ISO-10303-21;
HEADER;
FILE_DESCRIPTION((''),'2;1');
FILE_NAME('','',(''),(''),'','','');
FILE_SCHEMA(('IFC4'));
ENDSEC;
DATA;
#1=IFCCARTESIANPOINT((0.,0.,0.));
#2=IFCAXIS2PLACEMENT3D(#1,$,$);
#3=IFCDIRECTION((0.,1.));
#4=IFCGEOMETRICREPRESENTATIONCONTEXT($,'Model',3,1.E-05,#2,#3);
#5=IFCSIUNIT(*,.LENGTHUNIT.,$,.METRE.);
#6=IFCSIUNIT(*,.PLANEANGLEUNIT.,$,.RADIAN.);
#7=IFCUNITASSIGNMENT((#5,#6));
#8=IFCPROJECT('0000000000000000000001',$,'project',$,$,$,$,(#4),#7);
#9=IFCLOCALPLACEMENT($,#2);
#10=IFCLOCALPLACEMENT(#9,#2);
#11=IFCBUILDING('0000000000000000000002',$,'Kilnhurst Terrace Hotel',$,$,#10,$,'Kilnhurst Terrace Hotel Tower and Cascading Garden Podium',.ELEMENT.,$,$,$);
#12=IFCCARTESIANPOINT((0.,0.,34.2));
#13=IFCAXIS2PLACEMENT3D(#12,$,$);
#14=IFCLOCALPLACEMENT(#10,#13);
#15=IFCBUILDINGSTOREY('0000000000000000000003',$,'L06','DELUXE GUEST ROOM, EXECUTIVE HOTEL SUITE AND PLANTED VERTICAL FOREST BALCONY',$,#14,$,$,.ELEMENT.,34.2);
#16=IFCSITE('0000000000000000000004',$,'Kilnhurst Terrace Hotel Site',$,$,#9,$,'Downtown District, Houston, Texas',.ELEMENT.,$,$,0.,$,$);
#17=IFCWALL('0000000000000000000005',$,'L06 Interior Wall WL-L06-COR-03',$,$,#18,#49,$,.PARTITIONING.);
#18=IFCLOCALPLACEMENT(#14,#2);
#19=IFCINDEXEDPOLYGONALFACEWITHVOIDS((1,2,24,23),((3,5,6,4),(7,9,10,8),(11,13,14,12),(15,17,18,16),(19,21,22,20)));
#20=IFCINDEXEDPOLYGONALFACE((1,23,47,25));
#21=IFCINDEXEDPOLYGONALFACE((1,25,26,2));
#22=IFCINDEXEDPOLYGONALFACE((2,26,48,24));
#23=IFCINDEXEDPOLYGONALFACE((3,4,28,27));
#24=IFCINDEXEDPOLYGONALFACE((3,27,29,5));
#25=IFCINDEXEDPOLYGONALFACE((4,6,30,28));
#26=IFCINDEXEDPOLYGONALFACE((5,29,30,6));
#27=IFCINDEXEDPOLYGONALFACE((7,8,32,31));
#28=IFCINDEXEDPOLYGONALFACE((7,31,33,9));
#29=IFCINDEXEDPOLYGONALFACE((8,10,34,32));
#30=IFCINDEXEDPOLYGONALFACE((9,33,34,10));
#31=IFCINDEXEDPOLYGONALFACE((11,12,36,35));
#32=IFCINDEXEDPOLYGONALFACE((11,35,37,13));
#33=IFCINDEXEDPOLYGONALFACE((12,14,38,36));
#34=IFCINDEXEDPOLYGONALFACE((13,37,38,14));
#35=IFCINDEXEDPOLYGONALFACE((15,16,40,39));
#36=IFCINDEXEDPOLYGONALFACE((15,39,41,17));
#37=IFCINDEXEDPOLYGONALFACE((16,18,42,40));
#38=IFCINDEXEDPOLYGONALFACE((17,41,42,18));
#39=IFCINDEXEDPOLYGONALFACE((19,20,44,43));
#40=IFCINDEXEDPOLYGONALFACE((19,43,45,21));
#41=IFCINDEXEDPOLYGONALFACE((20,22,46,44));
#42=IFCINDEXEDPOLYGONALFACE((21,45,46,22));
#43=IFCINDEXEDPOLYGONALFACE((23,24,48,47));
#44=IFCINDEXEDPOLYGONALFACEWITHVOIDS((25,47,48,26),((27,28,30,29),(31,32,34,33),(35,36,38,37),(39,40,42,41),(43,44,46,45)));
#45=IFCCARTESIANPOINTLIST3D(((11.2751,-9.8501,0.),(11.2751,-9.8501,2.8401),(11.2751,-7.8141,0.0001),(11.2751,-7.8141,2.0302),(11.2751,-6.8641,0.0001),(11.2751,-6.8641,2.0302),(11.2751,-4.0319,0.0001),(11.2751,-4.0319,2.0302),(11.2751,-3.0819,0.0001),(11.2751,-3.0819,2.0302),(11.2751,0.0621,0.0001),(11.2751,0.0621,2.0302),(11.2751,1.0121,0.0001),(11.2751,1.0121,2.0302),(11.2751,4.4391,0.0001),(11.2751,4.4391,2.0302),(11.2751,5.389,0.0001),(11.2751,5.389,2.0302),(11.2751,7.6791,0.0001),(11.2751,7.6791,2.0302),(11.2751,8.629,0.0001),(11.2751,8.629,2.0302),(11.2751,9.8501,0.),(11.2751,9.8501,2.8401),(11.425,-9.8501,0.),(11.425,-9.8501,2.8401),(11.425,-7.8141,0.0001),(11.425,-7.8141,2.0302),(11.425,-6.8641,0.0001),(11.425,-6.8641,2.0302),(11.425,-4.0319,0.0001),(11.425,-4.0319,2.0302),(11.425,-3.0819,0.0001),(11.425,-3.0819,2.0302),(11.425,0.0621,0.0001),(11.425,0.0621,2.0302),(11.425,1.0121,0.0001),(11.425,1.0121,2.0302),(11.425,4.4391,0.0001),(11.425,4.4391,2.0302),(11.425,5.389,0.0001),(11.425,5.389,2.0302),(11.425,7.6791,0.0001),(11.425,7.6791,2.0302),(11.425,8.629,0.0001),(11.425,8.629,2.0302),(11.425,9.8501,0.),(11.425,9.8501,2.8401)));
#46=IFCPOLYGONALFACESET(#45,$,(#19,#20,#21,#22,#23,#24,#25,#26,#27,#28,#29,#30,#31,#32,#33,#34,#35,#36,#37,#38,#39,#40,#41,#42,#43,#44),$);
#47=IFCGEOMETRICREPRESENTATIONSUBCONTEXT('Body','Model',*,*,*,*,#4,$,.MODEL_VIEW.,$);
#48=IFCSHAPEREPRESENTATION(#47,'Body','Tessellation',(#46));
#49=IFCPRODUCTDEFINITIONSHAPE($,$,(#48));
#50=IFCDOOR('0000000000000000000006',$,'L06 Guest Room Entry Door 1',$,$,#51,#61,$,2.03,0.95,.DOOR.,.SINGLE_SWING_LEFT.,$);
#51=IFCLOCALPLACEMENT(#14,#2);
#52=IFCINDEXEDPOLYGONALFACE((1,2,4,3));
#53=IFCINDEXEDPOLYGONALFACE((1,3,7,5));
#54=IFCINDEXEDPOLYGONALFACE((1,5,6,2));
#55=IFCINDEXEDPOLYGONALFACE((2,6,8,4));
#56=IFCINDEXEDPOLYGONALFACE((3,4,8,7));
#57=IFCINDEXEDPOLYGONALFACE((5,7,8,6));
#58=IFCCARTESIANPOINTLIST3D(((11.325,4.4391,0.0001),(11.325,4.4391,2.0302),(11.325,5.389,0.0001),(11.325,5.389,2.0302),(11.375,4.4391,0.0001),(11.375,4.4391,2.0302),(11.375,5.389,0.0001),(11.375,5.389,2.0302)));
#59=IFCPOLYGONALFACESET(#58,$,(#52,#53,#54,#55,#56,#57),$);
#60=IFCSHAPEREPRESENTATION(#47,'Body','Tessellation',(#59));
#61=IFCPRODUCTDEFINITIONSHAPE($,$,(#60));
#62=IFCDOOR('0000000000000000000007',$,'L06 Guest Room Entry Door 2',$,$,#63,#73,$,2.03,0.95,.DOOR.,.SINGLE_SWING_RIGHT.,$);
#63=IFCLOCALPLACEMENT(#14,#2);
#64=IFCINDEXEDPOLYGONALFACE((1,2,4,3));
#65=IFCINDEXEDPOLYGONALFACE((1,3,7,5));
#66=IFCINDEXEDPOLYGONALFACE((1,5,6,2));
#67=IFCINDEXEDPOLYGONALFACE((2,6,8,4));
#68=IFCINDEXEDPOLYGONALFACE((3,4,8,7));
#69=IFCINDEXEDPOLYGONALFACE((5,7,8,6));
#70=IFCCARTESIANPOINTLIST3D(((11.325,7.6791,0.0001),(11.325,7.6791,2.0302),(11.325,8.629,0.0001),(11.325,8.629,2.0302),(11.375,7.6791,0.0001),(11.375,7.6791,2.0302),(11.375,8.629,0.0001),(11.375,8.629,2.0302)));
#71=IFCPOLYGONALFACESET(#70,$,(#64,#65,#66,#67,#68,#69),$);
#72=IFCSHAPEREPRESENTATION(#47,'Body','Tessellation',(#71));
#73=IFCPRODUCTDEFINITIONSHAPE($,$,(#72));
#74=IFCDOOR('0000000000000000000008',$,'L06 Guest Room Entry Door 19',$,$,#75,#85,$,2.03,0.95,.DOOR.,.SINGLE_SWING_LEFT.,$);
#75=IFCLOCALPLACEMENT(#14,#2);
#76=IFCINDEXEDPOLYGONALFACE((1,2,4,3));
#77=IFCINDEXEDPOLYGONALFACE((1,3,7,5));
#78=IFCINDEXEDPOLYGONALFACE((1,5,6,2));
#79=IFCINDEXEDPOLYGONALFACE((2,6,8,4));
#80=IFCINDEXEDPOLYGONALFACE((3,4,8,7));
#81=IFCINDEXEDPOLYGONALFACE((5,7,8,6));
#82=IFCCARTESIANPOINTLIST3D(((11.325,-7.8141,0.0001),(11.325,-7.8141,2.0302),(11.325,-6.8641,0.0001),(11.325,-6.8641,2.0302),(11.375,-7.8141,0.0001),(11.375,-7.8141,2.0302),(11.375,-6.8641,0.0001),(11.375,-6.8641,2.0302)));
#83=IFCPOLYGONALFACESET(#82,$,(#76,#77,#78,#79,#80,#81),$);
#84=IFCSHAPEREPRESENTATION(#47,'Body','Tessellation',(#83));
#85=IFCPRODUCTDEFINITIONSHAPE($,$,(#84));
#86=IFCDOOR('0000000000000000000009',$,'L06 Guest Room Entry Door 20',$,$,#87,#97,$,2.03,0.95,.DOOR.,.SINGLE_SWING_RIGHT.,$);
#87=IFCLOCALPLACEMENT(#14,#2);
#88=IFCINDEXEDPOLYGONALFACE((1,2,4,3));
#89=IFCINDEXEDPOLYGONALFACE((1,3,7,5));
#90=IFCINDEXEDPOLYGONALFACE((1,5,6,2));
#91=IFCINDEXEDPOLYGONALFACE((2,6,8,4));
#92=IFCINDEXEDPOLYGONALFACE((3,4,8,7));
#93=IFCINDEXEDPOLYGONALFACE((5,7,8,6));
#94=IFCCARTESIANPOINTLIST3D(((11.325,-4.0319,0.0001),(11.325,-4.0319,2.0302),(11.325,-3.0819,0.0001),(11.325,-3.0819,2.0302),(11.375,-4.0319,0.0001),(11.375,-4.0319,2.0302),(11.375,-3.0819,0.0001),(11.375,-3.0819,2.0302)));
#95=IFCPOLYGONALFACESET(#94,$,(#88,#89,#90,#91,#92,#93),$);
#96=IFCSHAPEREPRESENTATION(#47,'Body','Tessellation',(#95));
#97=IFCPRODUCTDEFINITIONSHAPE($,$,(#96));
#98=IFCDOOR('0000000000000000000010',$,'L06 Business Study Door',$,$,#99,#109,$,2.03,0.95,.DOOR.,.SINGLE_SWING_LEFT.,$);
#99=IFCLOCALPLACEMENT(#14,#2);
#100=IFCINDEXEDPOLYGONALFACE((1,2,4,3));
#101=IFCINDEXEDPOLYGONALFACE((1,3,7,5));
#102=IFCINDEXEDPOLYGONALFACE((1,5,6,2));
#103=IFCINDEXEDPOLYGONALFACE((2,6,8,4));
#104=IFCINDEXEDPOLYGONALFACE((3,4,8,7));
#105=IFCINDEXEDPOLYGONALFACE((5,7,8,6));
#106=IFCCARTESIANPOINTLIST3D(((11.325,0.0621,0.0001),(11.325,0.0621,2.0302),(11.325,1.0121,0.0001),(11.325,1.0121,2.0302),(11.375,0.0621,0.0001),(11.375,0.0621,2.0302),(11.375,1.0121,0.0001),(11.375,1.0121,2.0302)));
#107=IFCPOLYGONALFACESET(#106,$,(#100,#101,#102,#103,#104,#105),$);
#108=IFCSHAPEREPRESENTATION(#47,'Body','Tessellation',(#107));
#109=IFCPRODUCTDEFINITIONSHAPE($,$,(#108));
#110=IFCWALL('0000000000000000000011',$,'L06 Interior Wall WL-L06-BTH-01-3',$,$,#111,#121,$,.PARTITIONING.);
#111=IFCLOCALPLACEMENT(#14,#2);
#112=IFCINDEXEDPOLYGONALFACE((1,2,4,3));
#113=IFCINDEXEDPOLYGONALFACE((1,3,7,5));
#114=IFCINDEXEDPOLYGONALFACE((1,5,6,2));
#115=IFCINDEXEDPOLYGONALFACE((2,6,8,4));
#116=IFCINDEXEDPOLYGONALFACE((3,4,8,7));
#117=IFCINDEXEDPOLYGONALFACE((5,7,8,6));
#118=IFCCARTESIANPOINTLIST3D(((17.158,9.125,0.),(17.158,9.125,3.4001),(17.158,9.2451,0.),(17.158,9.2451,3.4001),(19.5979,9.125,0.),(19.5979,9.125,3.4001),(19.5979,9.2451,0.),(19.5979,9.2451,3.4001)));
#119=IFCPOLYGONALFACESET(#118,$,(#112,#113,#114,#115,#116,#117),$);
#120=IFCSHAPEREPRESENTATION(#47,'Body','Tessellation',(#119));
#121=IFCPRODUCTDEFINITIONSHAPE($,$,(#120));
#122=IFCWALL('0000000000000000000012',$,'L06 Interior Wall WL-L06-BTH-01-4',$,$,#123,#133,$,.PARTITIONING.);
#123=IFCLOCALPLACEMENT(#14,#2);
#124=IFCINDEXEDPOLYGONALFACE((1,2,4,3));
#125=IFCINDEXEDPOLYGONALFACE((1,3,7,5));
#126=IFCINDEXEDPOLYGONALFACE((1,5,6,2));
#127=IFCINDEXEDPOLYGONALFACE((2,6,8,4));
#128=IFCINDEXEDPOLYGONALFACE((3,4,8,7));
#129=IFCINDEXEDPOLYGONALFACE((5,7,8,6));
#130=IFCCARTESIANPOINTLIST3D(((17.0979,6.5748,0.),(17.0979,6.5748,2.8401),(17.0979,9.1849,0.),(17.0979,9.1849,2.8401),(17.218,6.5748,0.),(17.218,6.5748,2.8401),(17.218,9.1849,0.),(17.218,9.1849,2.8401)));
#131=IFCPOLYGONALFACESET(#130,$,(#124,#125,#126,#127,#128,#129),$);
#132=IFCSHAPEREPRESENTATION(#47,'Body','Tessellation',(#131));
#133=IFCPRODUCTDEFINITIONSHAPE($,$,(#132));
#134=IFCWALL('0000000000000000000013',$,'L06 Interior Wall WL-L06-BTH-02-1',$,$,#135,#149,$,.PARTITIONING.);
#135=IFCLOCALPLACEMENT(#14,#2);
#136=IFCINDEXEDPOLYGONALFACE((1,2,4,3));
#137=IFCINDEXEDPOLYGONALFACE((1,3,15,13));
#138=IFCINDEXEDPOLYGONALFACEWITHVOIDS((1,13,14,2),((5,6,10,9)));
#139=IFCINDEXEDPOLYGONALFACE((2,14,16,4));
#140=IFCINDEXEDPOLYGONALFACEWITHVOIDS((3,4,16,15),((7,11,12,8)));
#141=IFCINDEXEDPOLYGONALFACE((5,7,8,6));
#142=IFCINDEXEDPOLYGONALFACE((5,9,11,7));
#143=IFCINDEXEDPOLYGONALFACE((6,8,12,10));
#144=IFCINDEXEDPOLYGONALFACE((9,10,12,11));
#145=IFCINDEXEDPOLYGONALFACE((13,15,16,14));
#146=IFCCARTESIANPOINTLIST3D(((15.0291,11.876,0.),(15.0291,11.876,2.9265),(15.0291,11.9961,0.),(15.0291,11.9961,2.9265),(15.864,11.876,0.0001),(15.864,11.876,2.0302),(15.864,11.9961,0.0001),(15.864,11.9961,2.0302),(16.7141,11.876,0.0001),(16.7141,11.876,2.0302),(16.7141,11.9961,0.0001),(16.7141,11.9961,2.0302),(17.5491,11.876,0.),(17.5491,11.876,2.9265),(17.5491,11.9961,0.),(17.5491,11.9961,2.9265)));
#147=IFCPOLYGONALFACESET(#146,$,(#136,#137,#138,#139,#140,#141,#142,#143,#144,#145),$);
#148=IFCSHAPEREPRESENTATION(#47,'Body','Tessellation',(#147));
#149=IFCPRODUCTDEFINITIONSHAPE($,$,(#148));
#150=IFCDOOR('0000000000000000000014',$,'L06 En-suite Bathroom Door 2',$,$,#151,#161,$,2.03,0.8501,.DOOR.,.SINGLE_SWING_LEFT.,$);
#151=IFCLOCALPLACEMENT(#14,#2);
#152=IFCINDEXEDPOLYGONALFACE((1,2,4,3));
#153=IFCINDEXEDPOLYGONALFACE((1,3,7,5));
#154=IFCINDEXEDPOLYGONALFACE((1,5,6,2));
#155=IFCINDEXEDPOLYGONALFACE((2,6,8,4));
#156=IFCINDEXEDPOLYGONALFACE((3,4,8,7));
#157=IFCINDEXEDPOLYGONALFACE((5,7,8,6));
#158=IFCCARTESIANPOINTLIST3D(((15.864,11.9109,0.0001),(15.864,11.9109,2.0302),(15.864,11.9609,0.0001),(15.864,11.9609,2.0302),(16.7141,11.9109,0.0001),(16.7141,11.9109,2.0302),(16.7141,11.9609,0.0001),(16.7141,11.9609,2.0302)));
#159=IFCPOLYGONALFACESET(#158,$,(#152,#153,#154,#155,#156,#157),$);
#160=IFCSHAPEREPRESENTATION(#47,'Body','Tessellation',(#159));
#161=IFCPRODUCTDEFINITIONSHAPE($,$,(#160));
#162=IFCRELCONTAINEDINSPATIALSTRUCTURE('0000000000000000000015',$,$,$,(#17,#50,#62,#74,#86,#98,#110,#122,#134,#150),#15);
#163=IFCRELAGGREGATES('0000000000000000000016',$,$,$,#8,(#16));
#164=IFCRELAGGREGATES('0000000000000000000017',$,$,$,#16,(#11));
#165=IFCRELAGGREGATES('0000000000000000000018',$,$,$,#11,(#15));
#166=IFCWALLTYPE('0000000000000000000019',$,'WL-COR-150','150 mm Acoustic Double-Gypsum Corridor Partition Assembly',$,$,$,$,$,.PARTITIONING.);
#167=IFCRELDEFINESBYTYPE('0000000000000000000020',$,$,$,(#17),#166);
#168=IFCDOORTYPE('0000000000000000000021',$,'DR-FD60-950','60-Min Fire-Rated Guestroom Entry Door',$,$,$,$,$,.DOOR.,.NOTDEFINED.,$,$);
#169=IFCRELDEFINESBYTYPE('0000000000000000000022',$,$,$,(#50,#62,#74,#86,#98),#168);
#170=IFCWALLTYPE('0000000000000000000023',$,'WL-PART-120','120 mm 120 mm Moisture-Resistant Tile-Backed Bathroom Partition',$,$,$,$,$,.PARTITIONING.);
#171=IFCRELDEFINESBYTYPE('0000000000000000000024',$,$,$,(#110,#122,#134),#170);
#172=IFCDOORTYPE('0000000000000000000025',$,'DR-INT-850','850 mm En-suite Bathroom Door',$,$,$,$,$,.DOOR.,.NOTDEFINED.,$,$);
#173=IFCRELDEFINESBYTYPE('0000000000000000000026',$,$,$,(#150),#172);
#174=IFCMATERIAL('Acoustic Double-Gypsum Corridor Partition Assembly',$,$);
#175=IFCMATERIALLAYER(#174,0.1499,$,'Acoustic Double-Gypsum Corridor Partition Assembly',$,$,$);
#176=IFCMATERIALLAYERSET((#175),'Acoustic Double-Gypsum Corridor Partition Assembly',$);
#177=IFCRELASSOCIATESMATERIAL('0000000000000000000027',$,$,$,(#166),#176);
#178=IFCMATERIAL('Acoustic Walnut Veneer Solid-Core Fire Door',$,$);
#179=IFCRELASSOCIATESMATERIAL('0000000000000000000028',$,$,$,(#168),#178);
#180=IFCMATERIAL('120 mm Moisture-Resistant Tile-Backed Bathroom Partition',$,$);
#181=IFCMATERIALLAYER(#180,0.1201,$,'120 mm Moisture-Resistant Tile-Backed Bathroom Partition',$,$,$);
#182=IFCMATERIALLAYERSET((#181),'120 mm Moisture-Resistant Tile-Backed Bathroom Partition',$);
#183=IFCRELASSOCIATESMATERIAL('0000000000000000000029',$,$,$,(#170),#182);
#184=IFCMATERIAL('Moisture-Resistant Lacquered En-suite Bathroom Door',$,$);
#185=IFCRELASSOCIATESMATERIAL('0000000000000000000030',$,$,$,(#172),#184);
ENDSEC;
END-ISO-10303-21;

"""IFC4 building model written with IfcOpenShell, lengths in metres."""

from ifc_helpers import new_model, si_unit, direction, frame, frame_2d, origin, place, context, subcontext, project, spatial, rectangle, extrude, material, layer, layer_set, type_object, element, fill, save


model = new_model("IFC4")

# Units and contexts
model_context = context("Model", 3, precision=1e-05, world=origin(), true_north=direction((0.0, 1.0)))
body_context = subcontext(model_context, "Body", "Model", "MODEL_VIEW")
ifc_project = project(units=[si_unit("LENGTHUNIT", "METRE"), si_unit("PLANEANGLEUNIT", "RADIAN")], contexts=[model_context])

# Site, building, storey
site_placement = place(None, origin())
site = spatial("IfcSite", under=ifc_project, at=site_placement, Name="Kilnhurst Terrace Hotel Site", LongName="Downtown District, Houston, Texas", CompositionType="ELEMENT", RefElevation=0.0)
building_placement = place(site_placement, origin())
building = spatial("IfcBuilding", under=site, at=building_placement, Name="Kilnhurst Terrace Hotel", LongName="Kilnhurst Terrace Hotel Tower and Cascading Garden Podium", CompositionType="ELEMENT")
storey_placement = place(building_placement, frame((0.0, 0.0, 34.2)))
storey = spatial("IfcBuildingStorey", under=building, at=storey_placement, Name="L06", Description="DELUXE GUEST ROOM, EXECUTIVE HOTEL SUITE AND PLANTED VERTICAL FOREST BALCONY", CompositionType="ELEMENT", Elevation=34.2)

# Wall, openings, doors
ifc_material_1 = material(Name="Acoustic Double-Gypsum Corridor Partition Assembly")
ifc_layer_1 = layer(ifc_material_1, 0.1499, Name="Acoustic Double-Gypsum Corridor Partition Assembly")
ifc_layer_set_1 = layer_set([ifc_layer_1], Name="Acoustic Double-Gypsum Corridor Partition Assembly")
wall_type_1 = type_object("IfcWallType", Name="WL-COR-150", Description="150 mm Acoustic Double-Gypsum Corridor Partition Assembly", PredefinedType="PARTITIONING", material=ifc_layer_set_1)
wall_1_placement = place(storey_placement, frame((11.3501, 9.8501, 0.0), z_axis=(0.0, 0.0, 1.0), x_axis=(0.0, -1.0, 0.0)))
wall_1 = element("IfcWall", 1, at=wall_1_placement, inside=storey, type_object=wall_type_1, Name="L06 Interior Wall WL-L06-COR-03", PredefinedType="PARTITIONING", context=body_context, shape_type="SweptSolid", body=[
    extrude(rectangle(XDim=19.7002, YDim=0.1499, at=frame_2d((9.8501, 0.0))), origin(), (0.0, 0.0, 1.0), 2.8401),
])
opening_1_placement = place(wall_1_placement, frame((4.4609, 0.0, 0.0)))
opening_1 = element("IfcOpeningElement", 2, at=opening_1_placement, cuts=wall_1, PredefinedType="OPENING", context=body_context, shape_type="SweptSolid", body=[
    extrude(rectangle(XDim=0.95, YDim=2.03, at=frame_2d((0.4751, 1.0151))), frame((0.0, 0.085, 0.0), z_axis=(0.0, -1.0, 0.0), x_axis=(1.0, 0.0, 0.0)), (0.0, 0.0, 1.0), 0.1699),
])
opening_2_placement = place(wall_1_placement, frame((1.2209, 0.0, 0.0)))
opening_2 = element("IfcOpeningElement", 3, at=opening_2_placement, cuts=wall_1, PredefinedType="OPENING", context=body_context, shape_type="SweptSolid", body=[
    extrude(rectangle(XDim=0.95, YDim=2.03, at=frame_2d((0.4751, 1.0151))), frame((0.0, 0.085, 0.0), z_axis=(0.0, -1.0, 0.0), x_axis=(1.0, 0.0, 0.0)), (0.0, 0.0, 1.0), 0.1699),
])
opening_3_placement = place(wall_1_placement, frame((16.7141, 0.0, 0.0)))
opening_3 = element("IfcOpeningElement", 4, at=opening_3_placement, cuts=wall_1, PredefinedType="OPENING", context=body_context, shape_type="SweptSolid", body=[
    extrude(rectangle(XDim=0.95, YDim=2.03, at=frame_2d((0.4751, 1.0151))), frame((0.0, 0.085, 0.0), z_axis=(0.0, -1.0, 0.0), x_axis=(1.0, 0.0, 0.0)), (0.0, 0.0, 1.0), 0.1699),
])
opening_4_placement = place(wall_1_placement, frame((12.9319, 0.0, 0.0)))
opening_4 = element("IfcOpeningElement", 5, at=opening_4_placement, cuts=wall_1, PredefinedType="OPENING", context=body_context, shape_type="SweptSolid", body=[
    extrude(rectangle(XDim=0.95, YDim=2.03, at=frame_2d((0.4751, 1.0151))), frame((0.0, 0.085, 0.0), z_axis=(0.0, -1.0, 0.0), x_axis=(1.0, 0.0, 0.0)), (0.0, 0.0, 1.0), 0.1699),
])
opening_5_placement = place(wall_1_placement, frame((8.8379, 0.0, 0.0)))
opening_5 = element("IfcOpeningElement", 6, at=opening_5_placement, cuts=wall_1, PredefinedType="OPENING", context=body_context, shape_type="SweptSolid", body=[
    extrude(rectangle(XDim=0.95, YDim=2.03, at=frame_2d((0.4751, 1.0151))), frame((0.0, 0.085, 0.0), z_axis=(0.0, -1.0, 0.0), x_axis=(1.0, 0.0, 0.0)), (0.0, 0.0, 1.0), 0.1699),
])
ifc_material_2 = material(Name="Acoustic Walnut Veneer Solid-Core Fire Door")
door_type_1 = type_object("IfcDoorType", Name="DR-FD60-950", Description="60-Min Fire-Rated Guestroom Entry Door", OperationType="NOTDEFINED", PredefinedType="DOOR", material=ifc_material_2)
door_1_placement = place(opening_1_placement, origin())
door_1 = element("IfcDoor", 7, at=door_1_placement, inside=storey, type_object=door_type_1, Name="L06 Guest Room Entry Door 1", OperationType="SINGLE_SWING_LEFT", OverallHeight=2.03, OverallWidth=0.95, PredefinedType="DOOR", context=body_context, shape_type="SweptSolid", body=[
    extrude(rectangle(XDim=0.95, YDim=2.03, at=frame_2d((0.4751, 1.0151))), frame((0.0, 0.0249, 0.0), z_axis=(0.0, -1.0, 0.0), x_axis=(1.0, 0.0, 0.0)), (0.0, 0.0, 1.0), 0.05),
])
fill(opening_1, door_1)
door_2_placement = place(opening_2_placement, origin())
door_2 = element("IfcDoor", 8, at=door_2_placement, inside=storey, type_object=door_type_1, Name="L06 Guest Room Entry Door 2", OperationType="SINGLE_SWING_RIGHT", OverallHeight=2.03, OverallWidth=0.95, PredefinedType="DOOR", context=body_context, shape_type="SweptSolid", body=[
    extrude(rectangle(XDim=0.95, YDim=2.03, at=frame_2d((0.4751, 1.0151))), frame((0.0, 0.0249, 0.0), z_axis=(0.0, -1.0, 0.0), x_axis=(1.0, 0.0, 0.0)), (0.0, 0.0, 1.0), 0.05),
])
fill(opening_2, door_2)
door_3_placement = place(opening_3_placement, origin())
door_3 = element("IfcDoor", 9, at=door_3_placement, inside=storey, type_object=door_type_1, Name="L06 Guest Room Entry Door 19", OperationType="SINGLE_SWING_LEFT", OverallHeight=2.03, OverallWidth=0.95, PredefinedType="DOOR", context=body_context, shape_type="SweptSolid", body=[
    extrude(rectangle(XDim=0.95, YDim=2.03, at=frame_2d((0.4751, 1.0151))), frame((0.0, 0.0249, 0.0), z_axis=(0.0, -1.0, 0.0), x_axis=(1.0, 0.0, 0.0)), (0.0, 0.0, 1.0), 0.05),
])
fill(opening_3, door_3)
door_4_placement = place(opening_4_placement, origin())
door_4 = element("IfcDoor", 10, at=door_4_placement, inside=storey, type_object=door_type_1, Name="L06 Guest Room Entry Door 20", OperationType="SINGLE_SWING_RIGHT", OverallHeight=2.03, OverallWidth=0.95, PredefinedType="DOOR", context=body_context, shape_type="SweptSolid", body=[
    extrude(rectangle(XDim=0.95, YDim=2.03, at=frame_2d((0.4751, 1.0151))), frame((0.0, 0.0249, 0.0), z_axis=(0.0, -1.0, 0.0), x_axis=(1.0, 0.0, 0.0)), (0.0, 0.0, 1.0), 0.05),
])
fill(opening_4, door_4)
door_5_placement = place(opening_5_placement, origin())
door_5 = element("IfcDoor", 11, at=door_5_placement, inside=storey, type_object=door_type_1, Name="L06 Business Study Door", OperationType="SINGLE_SWING_LEFT", OverallHeight=2.03, OverallWidth=0.95, PredefinedType="DOOR", context=body_context, shape_type="SweptSolid", body=[
    extrude(rectangle(XDim=0.95, YDim=2.03, at=frame_2d((0.4751, 1.0151))), frame((0.0, 0.0249, 0.0), z_axis=(0.0, -1.0, 0.0), x_axis=(1.0, 0.0, 0.0)), (0.0, 0.0, 1.0), 0.05),
])
fill(opening_5, door_5)

# Walls
ifc_material_3 = material(Name="120 mm Moisture-Resistant Tile-Backed Bathroom Partition")
ifc_layer_2 = layer(ifc_material_3, 0.1201, Name="120 mm Moisture-Resistant Tile-Backed Bathroom Partition")
ifc_layer_set_2 = layer_set([ifc_layer_2], Name="120 mm Moisture-Resistant Tile-Backed Bathroom Partition")
wall_type_2 = type_object("IfcWallType", Name="WL-PART-120", Description="120 mm 120 mm Moisture-Resistant Tile-Backed Bathroom Partition", PredefinedType="PARTITIONING", material=ifc_layer_set_2)
wall_2_placement = place(storey_placement, frame((19.5979, 9.1851, 0.0), z_axis=(0.0, 0.0, 1.0), x_axis=(-1.0, 0.0, 0.0)))
element("IfcWall", 12, at=wall_2_placement, inside=storey, type_object=wall_type_2, Name="L06 Interior Wall WL-L06-BTH-01-3", PredefinedType="PARTITIONING", context=body_context, shape_type="SweptSolid", body=[
    extrude(rectangle(XDim=2.4399, YDim=0.1201, at=frame_2d((1.22, 0.0))), origin(), (0.0, 0.0, 1.0), 3.4001),
])
wall_3_placement = place(storey_placement, frame((17.158, 9.1851, 0.0), z_axis=(0.0, 0.0, 1.0), x_axis=(0.0, -1.0, 0.0)))
element("IfcWall", 13, at=wall_3_placement, inside=storey, type_object=wall_type_2, Name="L06 Interior Wall WL-L06-BTH-01-4", PredefinedType="PARTITIONING", context=body_context, shape_type="SweptSolid", body=[
    extrude(rectangle(XDim=2.6101, YDim=0.1201, at=frame_2d((1.3052, 0.0))), origin(), (0.0, 0.0, 1.0), 2.8401),
])

# Wall, opening, door
wall_4_placement = place(storey_placement, frame((15.0291, 11.936, 0.0), z_axis=(0.0, 0.0, 1.0), x_axis=(1.0, 0.0, 0.0)))
wall_4 = element("IfcWall", 14, at=wall_4_placement, inside=storey, type_object=wall_type_2, Name="L06 Interior Wall WL-L06-BTH-02-1", PredefinedType="PARTITIONING", context=body_context, shape_type="SweptSolid", body=[
    extrude(rectangle(XDim=2.52, YDim=0.1201, at=frame_2d((1.26, 0.0))), origin(), (0.0, 0.0, 1.0), 2.9265),
])
opening_6_placement = place(wall_4_placement, frame((0.835, 0.0, 0.0)))
opening_6 = element("IfcOpeningElement", 15, at=opening_6_placement, cuts=wall_4, PredefinedType="OPENING", context=body_context, shape_type="SweptSolid", body=[
    extrude(rectangle(XDim=0.8501, YDim=2.03, at=frame_2d((0.425, 1.0151))), frame((0.0, 0.0701, 0.0), z_axis=(0.0, -1.0, 0.0), x_axis=(1.0, 0.0, 0.0)), (0.0, 0.0, 1.0), 0.1401),
])
ifc_material_4 = material(Name="Moisture-Resistant Lacquered En-suite Bathroom Door")
door_type_2 = type_object("IfcDoorType", Name="DR-INT-850", Description="850 mm En-suite Bathroom Door", OperationType="NOTDEFINED", PredefinedType="DOOR", material=ifc_material_4)
door_6_placement = place(opening_6_placement, origin())
door_6 = element("IfcDoor", 16, at=door_6_placement, inside=storey, type_object=door_type_2, Name="L06 En-suite Bathroom Door 2", OperationType="SINGLE_SWING_LEFT", OverallHeight=2.03, OverallWidth=0.8501, PredefinedType="DOOR", context=body_context, shape_type="SweptSolid", body=[
    extrude(rectangle(XDim=0.8501, YDim=2.03, at=frame_2d((0.425, 1.0151))), frame((0.0, 0.0249, 0.0), z_axis=(0.0, -1.0, 0.0), x_axis=(1.0, 0.0, 0.0)), (0.0, 0.0, 1.0), 0.05),
])
fill(opening_6, door_6)

save(model, "model.ifc")
